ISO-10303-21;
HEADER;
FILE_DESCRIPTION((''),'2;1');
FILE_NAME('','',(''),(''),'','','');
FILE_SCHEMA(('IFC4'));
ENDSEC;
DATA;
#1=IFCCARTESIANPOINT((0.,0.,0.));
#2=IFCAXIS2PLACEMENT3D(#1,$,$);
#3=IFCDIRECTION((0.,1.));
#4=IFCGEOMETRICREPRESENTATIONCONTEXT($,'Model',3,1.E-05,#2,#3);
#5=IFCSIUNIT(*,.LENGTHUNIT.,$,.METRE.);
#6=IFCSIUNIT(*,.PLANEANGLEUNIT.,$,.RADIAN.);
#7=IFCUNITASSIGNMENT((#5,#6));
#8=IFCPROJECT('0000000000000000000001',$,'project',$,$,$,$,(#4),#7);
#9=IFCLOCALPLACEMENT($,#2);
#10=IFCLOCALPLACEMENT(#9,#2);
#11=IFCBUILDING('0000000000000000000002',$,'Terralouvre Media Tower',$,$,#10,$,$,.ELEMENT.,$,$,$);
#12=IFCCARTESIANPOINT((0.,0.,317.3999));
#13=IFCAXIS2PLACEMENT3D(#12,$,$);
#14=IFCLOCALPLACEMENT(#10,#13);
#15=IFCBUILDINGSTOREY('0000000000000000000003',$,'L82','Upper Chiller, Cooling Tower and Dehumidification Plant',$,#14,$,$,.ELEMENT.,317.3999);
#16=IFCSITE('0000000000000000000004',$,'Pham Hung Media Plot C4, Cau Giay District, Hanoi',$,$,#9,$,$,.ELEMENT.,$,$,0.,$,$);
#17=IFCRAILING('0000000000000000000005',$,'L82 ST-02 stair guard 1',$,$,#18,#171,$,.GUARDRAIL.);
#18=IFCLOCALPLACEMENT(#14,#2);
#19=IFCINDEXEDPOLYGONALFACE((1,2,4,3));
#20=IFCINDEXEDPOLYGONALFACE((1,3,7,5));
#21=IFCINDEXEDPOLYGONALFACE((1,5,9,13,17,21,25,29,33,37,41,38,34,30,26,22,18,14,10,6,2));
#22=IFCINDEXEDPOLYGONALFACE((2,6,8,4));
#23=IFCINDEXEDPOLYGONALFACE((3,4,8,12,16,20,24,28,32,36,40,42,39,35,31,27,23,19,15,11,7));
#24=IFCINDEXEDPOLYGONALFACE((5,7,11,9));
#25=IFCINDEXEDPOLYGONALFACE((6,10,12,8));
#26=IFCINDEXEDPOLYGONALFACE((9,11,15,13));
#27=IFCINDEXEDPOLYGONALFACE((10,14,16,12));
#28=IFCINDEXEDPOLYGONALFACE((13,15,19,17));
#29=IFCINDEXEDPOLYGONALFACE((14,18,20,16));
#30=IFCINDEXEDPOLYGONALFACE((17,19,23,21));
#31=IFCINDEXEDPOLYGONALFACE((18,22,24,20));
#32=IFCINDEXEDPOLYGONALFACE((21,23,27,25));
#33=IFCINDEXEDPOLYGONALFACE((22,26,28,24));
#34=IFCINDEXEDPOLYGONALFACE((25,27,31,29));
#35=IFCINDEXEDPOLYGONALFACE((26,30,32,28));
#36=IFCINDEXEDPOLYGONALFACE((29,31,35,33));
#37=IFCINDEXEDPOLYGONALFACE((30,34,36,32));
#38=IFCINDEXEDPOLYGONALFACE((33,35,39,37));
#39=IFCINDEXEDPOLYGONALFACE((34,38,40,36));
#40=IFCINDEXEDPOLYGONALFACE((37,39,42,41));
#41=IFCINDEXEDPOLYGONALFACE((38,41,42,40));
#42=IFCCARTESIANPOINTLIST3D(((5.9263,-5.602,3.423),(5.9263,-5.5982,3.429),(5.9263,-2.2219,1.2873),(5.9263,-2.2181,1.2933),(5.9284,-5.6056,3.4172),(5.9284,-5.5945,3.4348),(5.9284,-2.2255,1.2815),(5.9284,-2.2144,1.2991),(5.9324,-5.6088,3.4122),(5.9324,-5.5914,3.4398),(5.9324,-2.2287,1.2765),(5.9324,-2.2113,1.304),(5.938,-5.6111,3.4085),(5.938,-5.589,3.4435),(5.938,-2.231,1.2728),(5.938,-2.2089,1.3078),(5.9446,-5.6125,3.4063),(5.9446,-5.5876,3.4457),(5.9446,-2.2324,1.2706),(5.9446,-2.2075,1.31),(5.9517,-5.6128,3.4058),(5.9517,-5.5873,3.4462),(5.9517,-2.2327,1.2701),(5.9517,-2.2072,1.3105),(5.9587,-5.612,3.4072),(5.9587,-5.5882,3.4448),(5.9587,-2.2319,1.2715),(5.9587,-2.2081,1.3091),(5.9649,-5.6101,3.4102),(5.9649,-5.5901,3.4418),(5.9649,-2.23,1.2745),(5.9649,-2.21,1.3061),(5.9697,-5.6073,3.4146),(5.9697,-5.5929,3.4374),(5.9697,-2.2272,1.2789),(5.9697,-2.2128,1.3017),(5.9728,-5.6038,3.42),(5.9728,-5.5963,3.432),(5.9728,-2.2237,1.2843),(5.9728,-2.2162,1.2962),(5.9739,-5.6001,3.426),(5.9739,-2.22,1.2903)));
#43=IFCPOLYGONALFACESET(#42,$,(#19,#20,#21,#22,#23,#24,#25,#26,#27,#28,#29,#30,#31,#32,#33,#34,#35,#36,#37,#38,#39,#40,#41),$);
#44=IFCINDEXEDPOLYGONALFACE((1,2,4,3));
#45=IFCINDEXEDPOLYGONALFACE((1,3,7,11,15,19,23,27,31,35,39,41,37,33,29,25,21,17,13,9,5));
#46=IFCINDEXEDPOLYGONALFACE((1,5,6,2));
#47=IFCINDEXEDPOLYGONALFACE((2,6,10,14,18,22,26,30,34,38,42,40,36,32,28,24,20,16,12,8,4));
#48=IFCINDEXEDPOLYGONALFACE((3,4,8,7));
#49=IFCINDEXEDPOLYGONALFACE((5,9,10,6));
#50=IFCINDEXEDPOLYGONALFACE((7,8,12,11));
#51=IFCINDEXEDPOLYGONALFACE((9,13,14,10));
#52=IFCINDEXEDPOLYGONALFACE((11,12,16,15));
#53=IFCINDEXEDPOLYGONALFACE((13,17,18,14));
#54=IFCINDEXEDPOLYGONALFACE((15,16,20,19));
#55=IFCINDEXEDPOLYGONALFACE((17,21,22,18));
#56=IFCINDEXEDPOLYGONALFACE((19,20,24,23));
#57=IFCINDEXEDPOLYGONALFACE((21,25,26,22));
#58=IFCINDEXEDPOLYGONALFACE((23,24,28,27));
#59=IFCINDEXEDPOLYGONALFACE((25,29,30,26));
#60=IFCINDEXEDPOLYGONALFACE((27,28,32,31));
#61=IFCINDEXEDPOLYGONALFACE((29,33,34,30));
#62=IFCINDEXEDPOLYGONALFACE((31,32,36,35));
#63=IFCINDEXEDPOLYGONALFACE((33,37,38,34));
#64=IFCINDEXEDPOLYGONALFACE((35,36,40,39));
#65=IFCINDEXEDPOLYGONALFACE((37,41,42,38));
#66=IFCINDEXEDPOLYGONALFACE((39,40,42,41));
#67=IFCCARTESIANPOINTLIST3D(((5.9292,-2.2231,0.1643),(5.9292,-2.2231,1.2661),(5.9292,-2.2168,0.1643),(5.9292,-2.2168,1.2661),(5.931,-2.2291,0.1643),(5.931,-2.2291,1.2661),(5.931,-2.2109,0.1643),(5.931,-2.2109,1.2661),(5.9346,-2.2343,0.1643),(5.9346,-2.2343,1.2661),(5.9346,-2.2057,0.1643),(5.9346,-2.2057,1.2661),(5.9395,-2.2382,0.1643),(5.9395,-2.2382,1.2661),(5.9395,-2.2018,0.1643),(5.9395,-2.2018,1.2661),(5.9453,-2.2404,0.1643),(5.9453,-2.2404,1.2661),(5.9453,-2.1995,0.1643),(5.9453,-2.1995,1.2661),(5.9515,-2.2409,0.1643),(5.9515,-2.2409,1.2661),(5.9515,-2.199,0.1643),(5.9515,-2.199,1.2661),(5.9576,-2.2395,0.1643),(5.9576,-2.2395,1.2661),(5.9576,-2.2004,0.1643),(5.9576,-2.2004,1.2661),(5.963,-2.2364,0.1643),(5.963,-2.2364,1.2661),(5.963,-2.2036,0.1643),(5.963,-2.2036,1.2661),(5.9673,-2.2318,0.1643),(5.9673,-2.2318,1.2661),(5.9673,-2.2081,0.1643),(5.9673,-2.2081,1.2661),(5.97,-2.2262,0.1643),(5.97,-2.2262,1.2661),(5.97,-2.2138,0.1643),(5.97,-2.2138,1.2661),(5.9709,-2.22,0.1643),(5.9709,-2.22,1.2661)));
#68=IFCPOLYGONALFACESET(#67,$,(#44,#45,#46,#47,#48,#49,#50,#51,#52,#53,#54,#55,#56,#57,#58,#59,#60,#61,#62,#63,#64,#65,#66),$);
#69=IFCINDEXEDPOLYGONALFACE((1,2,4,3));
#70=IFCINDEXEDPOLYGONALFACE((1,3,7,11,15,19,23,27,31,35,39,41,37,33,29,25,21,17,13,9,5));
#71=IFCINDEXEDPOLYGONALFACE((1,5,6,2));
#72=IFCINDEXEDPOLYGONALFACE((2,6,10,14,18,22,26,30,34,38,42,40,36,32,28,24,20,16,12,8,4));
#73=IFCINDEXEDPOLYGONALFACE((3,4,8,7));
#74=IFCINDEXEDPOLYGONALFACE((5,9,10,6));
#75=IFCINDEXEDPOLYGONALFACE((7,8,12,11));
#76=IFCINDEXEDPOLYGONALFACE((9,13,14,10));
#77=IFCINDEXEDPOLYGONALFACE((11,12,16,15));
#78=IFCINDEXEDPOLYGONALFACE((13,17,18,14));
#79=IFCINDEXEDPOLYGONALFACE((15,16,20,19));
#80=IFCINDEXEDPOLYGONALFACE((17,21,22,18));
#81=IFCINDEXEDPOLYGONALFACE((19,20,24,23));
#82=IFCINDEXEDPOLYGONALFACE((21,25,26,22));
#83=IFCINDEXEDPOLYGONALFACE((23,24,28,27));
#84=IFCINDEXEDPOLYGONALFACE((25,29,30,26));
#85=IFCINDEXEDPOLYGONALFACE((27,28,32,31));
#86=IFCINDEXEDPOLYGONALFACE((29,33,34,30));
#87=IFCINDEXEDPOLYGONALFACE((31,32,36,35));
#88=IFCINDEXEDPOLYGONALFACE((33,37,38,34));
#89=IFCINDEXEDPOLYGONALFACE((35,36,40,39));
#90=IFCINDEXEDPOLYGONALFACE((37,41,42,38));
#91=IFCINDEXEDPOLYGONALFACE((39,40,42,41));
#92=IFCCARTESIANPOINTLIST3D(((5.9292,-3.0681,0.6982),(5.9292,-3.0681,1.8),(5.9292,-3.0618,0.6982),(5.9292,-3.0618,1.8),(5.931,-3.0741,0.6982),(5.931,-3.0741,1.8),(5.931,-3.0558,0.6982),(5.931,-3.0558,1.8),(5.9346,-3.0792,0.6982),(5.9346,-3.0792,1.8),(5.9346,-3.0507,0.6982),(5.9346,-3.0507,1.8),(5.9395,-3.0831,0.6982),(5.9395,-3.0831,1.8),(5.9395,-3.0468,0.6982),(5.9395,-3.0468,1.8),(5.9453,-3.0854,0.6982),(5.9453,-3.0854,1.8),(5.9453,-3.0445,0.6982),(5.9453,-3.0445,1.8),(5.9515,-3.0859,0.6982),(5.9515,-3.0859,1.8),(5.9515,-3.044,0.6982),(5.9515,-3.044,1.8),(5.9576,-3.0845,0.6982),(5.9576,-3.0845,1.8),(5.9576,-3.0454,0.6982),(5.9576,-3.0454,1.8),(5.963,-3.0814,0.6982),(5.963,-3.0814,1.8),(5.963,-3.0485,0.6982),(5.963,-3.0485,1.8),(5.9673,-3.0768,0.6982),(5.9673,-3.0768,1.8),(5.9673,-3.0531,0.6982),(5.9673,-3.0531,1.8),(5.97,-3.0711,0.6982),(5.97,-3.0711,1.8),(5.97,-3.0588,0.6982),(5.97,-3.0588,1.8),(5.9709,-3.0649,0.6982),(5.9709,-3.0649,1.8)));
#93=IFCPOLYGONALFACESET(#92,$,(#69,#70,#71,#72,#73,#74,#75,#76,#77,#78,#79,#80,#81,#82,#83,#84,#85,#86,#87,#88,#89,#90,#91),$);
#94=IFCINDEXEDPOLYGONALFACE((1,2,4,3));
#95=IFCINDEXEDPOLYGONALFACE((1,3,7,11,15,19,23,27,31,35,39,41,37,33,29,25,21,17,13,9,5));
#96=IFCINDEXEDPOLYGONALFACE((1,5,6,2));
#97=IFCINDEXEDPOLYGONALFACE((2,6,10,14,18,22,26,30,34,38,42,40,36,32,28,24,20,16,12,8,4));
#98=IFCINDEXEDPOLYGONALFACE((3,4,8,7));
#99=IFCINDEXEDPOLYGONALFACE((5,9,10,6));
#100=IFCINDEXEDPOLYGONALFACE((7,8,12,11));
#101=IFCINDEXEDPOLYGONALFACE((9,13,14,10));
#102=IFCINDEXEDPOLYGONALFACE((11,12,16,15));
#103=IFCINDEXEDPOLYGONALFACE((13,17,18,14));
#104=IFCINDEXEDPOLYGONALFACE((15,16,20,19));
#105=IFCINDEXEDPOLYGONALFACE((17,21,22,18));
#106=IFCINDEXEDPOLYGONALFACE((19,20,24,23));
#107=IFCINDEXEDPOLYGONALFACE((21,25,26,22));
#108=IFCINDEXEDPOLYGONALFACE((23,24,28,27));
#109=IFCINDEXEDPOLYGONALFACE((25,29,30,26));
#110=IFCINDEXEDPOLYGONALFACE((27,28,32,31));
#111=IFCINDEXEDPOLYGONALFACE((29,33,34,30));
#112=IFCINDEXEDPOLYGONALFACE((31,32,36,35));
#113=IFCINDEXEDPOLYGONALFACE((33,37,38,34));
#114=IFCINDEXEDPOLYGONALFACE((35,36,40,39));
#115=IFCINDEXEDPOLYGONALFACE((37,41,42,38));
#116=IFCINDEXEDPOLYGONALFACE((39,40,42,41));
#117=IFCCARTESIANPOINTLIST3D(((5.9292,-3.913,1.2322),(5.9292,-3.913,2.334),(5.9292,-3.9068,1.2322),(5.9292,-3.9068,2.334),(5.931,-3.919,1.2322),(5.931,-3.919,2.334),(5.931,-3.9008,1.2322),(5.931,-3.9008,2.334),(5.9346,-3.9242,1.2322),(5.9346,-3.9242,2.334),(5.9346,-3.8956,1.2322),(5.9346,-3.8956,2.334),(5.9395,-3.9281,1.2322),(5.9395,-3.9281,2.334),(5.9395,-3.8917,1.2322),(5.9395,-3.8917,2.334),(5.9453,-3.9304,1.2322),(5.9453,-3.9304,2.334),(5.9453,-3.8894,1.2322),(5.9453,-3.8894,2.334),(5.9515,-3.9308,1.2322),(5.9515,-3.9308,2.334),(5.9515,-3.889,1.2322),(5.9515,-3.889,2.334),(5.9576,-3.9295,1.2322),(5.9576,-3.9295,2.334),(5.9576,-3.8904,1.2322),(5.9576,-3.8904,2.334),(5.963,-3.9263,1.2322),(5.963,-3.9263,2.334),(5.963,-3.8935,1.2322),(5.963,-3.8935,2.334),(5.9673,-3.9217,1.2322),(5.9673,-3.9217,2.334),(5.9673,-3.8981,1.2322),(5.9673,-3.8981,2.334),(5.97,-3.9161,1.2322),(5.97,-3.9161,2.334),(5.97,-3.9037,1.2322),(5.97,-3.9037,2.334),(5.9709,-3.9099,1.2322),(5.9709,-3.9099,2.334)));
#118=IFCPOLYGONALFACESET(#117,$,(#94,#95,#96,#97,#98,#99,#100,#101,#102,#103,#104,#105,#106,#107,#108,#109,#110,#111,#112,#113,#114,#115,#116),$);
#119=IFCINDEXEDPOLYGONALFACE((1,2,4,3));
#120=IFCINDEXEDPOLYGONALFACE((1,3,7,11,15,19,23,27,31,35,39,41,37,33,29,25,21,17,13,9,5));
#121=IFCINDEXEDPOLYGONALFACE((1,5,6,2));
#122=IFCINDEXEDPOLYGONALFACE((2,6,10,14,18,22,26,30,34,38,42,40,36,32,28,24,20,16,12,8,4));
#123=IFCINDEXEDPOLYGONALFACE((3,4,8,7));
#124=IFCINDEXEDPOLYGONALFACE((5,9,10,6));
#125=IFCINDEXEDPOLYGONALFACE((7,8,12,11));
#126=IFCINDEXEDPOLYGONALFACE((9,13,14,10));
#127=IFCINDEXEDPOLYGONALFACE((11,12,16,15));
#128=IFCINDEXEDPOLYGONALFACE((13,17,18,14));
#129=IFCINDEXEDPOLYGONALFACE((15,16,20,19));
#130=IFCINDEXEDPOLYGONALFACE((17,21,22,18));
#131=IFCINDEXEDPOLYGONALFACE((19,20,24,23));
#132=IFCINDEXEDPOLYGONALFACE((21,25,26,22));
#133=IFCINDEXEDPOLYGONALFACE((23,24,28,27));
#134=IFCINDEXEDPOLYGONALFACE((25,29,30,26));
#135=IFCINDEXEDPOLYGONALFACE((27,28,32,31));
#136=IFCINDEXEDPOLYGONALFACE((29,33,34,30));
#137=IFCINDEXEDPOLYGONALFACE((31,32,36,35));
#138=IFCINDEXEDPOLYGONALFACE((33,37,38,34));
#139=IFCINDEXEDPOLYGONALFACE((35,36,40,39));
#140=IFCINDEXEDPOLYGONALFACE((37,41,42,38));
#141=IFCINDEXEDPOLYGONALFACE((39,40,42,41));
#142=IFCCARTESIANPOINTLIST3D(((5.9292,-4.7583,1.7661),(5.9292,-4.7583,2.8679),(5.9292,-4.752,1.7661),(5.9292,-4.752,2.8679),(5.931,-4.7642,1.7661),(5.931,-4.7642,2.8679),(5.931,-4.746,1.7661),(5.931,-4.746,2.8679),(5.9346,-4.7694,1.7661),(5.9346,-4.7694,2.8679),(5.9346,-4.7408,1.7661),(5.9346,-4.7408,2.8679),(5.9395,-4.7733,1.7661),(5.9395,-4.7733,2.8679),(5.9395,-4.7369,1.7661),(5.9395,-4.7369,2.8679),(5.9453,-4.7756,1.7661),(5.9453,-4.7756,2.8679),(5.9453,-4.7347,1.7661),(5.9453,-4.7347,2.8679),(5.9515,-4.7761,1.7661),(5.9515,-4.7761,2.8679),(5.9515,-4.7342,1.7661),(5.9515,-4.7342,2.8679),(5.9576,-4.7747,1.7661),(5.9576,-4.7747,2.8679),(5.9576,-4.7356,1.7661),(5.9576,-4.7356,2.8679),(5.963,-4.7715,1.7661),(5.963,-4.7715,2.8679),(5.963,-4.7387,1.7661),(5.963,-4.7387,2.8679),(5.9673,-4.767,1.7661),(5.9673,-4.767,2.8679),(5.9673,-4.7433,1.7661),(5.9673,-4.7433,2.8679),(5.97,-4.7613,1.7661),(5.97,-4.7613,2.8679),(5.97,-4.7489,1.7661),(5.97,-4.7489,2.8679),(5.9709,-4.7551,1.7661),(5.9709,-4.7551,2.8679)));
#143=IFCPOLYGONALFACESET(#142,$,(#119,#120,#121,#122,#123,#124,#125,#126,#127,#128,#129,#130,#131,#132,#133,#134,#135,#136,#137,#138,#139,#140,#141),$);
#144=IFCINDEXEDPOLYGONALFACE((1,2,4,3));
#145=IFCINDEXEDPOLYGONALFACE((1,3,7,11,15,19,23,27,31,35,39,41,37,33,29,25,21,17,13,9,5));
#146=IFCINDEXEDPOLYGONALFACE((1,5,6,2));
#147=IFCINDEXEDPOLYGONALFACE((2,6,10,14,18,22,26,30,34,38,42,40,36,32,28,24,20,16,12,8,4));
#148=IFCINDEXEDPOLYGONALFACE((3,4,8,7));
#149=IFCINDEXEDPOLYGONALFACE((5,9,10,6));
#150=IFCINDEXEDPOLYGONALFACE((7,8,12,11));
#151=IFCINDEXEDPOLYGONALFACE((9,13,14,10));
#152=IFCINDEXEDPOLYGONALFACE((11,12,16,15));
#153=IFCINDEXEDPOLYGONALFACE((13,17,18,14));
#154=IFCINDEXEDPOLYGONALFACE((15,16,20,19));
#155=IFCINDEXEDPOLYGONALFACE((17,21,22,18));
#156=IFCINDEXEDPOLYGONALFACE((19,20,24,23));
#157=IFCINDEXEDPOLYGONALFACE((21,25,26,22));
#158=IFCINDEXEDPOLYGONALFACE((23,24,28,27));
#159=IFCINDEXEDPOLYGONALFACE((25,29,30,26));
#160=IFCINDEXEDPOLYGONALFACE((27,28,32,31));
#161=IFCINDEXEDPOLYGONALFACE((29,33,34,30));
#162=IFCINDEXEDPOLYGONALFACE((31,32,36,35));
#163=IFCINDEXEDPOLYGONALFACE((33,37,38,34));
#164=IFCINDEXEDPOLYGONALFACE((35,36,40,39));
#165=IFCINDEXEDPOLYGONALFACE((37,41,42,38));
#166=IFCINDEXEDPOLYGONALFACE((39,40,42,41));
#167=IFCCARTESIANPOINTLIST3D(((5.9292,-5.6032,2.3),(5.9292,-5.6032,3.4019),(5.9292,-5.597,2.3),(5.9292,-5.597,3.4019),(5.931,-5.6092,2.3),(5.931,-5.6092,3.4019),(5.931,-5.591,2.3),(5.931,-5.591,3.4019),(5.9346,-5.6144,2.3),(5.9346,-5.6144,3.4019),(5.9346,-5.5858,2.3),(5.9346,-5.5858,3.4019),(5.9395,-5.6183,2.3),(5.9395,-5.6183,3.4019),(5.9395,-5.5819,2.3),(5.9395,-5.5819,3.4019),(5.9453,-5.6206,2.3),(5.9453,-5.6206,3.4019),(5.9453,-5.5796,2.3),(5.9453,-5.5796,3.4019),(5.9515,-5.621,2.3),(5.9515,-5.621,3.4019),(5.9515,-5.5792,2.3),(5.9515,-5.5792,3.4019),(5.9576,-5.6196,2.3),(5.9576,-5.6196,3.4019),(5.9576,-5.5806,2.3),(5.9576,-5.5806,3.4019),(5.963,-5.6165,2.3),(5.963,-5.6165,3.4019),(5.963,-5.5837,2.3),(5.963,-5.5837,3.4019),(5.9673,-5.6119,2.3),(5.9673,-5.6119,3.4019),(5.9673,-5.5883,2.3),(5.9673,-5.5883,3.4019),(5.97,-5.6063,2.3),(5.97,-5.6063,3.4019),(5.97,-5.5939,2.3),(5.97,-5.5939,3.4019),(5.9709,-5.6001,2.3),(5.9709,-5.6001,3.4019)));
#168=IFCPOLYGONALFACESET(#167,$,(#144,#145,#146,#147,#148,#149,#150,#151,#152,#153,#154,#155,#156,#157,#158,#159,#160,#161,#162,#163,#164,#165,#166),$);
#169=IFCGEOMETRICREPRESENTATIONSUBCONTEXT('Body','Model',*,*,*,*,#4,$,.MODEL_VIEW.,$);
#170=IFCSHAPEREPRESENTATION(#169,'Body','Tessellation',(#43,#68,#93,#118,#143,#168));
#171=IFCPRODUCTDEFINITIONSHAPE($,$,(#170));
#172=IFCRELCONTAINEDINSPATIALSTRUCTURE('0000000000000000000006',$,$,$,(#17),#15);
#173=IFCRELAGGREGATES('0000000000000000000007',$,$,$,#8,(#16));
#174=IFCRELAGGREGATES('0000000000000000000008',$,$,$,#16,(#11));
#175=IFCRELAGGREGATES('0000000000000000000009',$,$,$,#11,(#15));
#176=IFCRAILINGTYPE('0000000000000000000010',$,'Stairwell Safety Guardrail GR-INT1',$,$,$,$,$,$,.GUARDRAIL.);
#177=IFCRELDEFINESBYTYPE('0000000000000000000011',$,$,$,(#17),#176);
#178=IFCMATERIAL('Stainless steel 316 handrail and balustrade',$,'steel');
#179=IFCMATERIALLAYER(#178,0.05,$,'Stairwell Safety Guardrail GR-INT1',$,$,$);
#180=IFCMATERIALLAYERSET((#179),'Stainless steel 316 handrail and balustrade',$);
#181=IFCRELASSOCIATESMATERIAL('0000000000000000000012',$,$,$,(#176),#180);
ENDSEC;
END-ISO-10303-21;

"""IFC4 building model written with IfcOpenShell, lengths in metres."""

from ifc_helpers import new_model, si_unit, direction, frame, origin, origin_2d, place, context, subcontext, project, spatial, circle, extrude, material, layer, layer_set, type_object, element, save


model = new_model("IFC4")

# Units and contexts
model_context = context("Model", 3, precision=1e-05, world=origin(), true_north=direction((0.0, 1.0)))
body_context = subcontext(model_context, "Body", "Model", "MODEL_VIEW")
ifc_project = project(units=[si_unit("LENGTHUNIT", "METRE"), si_unit("PLANEANGLEUNIT", "RADIAN")], contexts=[model_context])

# Site, building, storey
site_placement = place(None, origin())
site = spatial("IfcSite", under=ifc_project, at=site_placement, Name="Pham Hung Media Plot C4, Cau Giay District, Hanoi", CompositionType="ELEMENT", RefElevation=0.0)
building_placement = place(site_placement, origin())
building = spatial("IfcBuilding", under=site, at=building_placement, Name="Terralouvre Media Tower", CompositionType="ELEMENT")
storey_placement = place(building_placement, frame((0.0, 0.0, 317.3999)))
storey = spatial("IfcBuildingStorey", under=building, at=storey_placement, Name="L82", Description="Upper Chiller, Cooling Tower and Dehumidification Plant", CompositionType="ELEMENT", Elevation=317.3999)

# Railing
ifc_material_1 = material(Name="Stainless steel 316 handrail and balustrade", Category="steel")
ifc_layer_1 = layer(ifc_material_1, 0.05, Name="Stairwell Safety Guardrail GR-INT1")
ifc_layer_set_1 = layer_set([ifc_layer_1], Name="Stainless steel 316 handrail and balustrade")
railing_type_1 = type_object("IfcRailingType", Name="Stairwell Safety Guardrail GR-INT1", PredefinedType="GUARDRAIL", material=ifc_layer_set_1)
railing_1_placement = place(storey_placement, frame((5.95, -2.22, 0.1643)))
element("IfcRailing", 1, at=railing_1_placement, inside=storey, type_object=railing_type_1, Name="L82 ST-02 stair guard 1", PredefinedType="GUARDRAIL", context=body_context, shape_type="SweptSolid", body=[
    extrude(circle(Radius=0.0239, at=origin_2d()), frame((0.0, 0.0, 1.126), z_axis=(0.0, -0.845384, 0.534158), x_axis=(1.0, 0.0, 0.0)), (0.0, 0.0, 1.0), 3.9983),
    extrude(circle(Radius=0.021, at=origin_2d()), origin(), (0.0, 0.0, 1.0), 1.1018),
    extrude(circle(Radius=0.021, at=origin_2d()), frame((0.0, -0.845, 0.5339)), (0.0, 0.0, 1.0), 1.1018),
    extrude(circle(Radius=0.021, at=origin_2d()), frame((0.0, -1.6899, 1.0679)), (0.0, 0.0, 1.0), 1.1018),
    extrude(circle(Radius=0.021, at=origin_2d()), frame((0.0, -2.5352, 1.6018)), (0.0, 0.0, 1.0), 1.1018),
    extrude(circle(Radius=0.021, at=origin_2d()), frame((0.0, -3.3801, 2.1357)), (0.0, 0.0, 1.0), 1.1018),
])

save(model, "model.ifc")
